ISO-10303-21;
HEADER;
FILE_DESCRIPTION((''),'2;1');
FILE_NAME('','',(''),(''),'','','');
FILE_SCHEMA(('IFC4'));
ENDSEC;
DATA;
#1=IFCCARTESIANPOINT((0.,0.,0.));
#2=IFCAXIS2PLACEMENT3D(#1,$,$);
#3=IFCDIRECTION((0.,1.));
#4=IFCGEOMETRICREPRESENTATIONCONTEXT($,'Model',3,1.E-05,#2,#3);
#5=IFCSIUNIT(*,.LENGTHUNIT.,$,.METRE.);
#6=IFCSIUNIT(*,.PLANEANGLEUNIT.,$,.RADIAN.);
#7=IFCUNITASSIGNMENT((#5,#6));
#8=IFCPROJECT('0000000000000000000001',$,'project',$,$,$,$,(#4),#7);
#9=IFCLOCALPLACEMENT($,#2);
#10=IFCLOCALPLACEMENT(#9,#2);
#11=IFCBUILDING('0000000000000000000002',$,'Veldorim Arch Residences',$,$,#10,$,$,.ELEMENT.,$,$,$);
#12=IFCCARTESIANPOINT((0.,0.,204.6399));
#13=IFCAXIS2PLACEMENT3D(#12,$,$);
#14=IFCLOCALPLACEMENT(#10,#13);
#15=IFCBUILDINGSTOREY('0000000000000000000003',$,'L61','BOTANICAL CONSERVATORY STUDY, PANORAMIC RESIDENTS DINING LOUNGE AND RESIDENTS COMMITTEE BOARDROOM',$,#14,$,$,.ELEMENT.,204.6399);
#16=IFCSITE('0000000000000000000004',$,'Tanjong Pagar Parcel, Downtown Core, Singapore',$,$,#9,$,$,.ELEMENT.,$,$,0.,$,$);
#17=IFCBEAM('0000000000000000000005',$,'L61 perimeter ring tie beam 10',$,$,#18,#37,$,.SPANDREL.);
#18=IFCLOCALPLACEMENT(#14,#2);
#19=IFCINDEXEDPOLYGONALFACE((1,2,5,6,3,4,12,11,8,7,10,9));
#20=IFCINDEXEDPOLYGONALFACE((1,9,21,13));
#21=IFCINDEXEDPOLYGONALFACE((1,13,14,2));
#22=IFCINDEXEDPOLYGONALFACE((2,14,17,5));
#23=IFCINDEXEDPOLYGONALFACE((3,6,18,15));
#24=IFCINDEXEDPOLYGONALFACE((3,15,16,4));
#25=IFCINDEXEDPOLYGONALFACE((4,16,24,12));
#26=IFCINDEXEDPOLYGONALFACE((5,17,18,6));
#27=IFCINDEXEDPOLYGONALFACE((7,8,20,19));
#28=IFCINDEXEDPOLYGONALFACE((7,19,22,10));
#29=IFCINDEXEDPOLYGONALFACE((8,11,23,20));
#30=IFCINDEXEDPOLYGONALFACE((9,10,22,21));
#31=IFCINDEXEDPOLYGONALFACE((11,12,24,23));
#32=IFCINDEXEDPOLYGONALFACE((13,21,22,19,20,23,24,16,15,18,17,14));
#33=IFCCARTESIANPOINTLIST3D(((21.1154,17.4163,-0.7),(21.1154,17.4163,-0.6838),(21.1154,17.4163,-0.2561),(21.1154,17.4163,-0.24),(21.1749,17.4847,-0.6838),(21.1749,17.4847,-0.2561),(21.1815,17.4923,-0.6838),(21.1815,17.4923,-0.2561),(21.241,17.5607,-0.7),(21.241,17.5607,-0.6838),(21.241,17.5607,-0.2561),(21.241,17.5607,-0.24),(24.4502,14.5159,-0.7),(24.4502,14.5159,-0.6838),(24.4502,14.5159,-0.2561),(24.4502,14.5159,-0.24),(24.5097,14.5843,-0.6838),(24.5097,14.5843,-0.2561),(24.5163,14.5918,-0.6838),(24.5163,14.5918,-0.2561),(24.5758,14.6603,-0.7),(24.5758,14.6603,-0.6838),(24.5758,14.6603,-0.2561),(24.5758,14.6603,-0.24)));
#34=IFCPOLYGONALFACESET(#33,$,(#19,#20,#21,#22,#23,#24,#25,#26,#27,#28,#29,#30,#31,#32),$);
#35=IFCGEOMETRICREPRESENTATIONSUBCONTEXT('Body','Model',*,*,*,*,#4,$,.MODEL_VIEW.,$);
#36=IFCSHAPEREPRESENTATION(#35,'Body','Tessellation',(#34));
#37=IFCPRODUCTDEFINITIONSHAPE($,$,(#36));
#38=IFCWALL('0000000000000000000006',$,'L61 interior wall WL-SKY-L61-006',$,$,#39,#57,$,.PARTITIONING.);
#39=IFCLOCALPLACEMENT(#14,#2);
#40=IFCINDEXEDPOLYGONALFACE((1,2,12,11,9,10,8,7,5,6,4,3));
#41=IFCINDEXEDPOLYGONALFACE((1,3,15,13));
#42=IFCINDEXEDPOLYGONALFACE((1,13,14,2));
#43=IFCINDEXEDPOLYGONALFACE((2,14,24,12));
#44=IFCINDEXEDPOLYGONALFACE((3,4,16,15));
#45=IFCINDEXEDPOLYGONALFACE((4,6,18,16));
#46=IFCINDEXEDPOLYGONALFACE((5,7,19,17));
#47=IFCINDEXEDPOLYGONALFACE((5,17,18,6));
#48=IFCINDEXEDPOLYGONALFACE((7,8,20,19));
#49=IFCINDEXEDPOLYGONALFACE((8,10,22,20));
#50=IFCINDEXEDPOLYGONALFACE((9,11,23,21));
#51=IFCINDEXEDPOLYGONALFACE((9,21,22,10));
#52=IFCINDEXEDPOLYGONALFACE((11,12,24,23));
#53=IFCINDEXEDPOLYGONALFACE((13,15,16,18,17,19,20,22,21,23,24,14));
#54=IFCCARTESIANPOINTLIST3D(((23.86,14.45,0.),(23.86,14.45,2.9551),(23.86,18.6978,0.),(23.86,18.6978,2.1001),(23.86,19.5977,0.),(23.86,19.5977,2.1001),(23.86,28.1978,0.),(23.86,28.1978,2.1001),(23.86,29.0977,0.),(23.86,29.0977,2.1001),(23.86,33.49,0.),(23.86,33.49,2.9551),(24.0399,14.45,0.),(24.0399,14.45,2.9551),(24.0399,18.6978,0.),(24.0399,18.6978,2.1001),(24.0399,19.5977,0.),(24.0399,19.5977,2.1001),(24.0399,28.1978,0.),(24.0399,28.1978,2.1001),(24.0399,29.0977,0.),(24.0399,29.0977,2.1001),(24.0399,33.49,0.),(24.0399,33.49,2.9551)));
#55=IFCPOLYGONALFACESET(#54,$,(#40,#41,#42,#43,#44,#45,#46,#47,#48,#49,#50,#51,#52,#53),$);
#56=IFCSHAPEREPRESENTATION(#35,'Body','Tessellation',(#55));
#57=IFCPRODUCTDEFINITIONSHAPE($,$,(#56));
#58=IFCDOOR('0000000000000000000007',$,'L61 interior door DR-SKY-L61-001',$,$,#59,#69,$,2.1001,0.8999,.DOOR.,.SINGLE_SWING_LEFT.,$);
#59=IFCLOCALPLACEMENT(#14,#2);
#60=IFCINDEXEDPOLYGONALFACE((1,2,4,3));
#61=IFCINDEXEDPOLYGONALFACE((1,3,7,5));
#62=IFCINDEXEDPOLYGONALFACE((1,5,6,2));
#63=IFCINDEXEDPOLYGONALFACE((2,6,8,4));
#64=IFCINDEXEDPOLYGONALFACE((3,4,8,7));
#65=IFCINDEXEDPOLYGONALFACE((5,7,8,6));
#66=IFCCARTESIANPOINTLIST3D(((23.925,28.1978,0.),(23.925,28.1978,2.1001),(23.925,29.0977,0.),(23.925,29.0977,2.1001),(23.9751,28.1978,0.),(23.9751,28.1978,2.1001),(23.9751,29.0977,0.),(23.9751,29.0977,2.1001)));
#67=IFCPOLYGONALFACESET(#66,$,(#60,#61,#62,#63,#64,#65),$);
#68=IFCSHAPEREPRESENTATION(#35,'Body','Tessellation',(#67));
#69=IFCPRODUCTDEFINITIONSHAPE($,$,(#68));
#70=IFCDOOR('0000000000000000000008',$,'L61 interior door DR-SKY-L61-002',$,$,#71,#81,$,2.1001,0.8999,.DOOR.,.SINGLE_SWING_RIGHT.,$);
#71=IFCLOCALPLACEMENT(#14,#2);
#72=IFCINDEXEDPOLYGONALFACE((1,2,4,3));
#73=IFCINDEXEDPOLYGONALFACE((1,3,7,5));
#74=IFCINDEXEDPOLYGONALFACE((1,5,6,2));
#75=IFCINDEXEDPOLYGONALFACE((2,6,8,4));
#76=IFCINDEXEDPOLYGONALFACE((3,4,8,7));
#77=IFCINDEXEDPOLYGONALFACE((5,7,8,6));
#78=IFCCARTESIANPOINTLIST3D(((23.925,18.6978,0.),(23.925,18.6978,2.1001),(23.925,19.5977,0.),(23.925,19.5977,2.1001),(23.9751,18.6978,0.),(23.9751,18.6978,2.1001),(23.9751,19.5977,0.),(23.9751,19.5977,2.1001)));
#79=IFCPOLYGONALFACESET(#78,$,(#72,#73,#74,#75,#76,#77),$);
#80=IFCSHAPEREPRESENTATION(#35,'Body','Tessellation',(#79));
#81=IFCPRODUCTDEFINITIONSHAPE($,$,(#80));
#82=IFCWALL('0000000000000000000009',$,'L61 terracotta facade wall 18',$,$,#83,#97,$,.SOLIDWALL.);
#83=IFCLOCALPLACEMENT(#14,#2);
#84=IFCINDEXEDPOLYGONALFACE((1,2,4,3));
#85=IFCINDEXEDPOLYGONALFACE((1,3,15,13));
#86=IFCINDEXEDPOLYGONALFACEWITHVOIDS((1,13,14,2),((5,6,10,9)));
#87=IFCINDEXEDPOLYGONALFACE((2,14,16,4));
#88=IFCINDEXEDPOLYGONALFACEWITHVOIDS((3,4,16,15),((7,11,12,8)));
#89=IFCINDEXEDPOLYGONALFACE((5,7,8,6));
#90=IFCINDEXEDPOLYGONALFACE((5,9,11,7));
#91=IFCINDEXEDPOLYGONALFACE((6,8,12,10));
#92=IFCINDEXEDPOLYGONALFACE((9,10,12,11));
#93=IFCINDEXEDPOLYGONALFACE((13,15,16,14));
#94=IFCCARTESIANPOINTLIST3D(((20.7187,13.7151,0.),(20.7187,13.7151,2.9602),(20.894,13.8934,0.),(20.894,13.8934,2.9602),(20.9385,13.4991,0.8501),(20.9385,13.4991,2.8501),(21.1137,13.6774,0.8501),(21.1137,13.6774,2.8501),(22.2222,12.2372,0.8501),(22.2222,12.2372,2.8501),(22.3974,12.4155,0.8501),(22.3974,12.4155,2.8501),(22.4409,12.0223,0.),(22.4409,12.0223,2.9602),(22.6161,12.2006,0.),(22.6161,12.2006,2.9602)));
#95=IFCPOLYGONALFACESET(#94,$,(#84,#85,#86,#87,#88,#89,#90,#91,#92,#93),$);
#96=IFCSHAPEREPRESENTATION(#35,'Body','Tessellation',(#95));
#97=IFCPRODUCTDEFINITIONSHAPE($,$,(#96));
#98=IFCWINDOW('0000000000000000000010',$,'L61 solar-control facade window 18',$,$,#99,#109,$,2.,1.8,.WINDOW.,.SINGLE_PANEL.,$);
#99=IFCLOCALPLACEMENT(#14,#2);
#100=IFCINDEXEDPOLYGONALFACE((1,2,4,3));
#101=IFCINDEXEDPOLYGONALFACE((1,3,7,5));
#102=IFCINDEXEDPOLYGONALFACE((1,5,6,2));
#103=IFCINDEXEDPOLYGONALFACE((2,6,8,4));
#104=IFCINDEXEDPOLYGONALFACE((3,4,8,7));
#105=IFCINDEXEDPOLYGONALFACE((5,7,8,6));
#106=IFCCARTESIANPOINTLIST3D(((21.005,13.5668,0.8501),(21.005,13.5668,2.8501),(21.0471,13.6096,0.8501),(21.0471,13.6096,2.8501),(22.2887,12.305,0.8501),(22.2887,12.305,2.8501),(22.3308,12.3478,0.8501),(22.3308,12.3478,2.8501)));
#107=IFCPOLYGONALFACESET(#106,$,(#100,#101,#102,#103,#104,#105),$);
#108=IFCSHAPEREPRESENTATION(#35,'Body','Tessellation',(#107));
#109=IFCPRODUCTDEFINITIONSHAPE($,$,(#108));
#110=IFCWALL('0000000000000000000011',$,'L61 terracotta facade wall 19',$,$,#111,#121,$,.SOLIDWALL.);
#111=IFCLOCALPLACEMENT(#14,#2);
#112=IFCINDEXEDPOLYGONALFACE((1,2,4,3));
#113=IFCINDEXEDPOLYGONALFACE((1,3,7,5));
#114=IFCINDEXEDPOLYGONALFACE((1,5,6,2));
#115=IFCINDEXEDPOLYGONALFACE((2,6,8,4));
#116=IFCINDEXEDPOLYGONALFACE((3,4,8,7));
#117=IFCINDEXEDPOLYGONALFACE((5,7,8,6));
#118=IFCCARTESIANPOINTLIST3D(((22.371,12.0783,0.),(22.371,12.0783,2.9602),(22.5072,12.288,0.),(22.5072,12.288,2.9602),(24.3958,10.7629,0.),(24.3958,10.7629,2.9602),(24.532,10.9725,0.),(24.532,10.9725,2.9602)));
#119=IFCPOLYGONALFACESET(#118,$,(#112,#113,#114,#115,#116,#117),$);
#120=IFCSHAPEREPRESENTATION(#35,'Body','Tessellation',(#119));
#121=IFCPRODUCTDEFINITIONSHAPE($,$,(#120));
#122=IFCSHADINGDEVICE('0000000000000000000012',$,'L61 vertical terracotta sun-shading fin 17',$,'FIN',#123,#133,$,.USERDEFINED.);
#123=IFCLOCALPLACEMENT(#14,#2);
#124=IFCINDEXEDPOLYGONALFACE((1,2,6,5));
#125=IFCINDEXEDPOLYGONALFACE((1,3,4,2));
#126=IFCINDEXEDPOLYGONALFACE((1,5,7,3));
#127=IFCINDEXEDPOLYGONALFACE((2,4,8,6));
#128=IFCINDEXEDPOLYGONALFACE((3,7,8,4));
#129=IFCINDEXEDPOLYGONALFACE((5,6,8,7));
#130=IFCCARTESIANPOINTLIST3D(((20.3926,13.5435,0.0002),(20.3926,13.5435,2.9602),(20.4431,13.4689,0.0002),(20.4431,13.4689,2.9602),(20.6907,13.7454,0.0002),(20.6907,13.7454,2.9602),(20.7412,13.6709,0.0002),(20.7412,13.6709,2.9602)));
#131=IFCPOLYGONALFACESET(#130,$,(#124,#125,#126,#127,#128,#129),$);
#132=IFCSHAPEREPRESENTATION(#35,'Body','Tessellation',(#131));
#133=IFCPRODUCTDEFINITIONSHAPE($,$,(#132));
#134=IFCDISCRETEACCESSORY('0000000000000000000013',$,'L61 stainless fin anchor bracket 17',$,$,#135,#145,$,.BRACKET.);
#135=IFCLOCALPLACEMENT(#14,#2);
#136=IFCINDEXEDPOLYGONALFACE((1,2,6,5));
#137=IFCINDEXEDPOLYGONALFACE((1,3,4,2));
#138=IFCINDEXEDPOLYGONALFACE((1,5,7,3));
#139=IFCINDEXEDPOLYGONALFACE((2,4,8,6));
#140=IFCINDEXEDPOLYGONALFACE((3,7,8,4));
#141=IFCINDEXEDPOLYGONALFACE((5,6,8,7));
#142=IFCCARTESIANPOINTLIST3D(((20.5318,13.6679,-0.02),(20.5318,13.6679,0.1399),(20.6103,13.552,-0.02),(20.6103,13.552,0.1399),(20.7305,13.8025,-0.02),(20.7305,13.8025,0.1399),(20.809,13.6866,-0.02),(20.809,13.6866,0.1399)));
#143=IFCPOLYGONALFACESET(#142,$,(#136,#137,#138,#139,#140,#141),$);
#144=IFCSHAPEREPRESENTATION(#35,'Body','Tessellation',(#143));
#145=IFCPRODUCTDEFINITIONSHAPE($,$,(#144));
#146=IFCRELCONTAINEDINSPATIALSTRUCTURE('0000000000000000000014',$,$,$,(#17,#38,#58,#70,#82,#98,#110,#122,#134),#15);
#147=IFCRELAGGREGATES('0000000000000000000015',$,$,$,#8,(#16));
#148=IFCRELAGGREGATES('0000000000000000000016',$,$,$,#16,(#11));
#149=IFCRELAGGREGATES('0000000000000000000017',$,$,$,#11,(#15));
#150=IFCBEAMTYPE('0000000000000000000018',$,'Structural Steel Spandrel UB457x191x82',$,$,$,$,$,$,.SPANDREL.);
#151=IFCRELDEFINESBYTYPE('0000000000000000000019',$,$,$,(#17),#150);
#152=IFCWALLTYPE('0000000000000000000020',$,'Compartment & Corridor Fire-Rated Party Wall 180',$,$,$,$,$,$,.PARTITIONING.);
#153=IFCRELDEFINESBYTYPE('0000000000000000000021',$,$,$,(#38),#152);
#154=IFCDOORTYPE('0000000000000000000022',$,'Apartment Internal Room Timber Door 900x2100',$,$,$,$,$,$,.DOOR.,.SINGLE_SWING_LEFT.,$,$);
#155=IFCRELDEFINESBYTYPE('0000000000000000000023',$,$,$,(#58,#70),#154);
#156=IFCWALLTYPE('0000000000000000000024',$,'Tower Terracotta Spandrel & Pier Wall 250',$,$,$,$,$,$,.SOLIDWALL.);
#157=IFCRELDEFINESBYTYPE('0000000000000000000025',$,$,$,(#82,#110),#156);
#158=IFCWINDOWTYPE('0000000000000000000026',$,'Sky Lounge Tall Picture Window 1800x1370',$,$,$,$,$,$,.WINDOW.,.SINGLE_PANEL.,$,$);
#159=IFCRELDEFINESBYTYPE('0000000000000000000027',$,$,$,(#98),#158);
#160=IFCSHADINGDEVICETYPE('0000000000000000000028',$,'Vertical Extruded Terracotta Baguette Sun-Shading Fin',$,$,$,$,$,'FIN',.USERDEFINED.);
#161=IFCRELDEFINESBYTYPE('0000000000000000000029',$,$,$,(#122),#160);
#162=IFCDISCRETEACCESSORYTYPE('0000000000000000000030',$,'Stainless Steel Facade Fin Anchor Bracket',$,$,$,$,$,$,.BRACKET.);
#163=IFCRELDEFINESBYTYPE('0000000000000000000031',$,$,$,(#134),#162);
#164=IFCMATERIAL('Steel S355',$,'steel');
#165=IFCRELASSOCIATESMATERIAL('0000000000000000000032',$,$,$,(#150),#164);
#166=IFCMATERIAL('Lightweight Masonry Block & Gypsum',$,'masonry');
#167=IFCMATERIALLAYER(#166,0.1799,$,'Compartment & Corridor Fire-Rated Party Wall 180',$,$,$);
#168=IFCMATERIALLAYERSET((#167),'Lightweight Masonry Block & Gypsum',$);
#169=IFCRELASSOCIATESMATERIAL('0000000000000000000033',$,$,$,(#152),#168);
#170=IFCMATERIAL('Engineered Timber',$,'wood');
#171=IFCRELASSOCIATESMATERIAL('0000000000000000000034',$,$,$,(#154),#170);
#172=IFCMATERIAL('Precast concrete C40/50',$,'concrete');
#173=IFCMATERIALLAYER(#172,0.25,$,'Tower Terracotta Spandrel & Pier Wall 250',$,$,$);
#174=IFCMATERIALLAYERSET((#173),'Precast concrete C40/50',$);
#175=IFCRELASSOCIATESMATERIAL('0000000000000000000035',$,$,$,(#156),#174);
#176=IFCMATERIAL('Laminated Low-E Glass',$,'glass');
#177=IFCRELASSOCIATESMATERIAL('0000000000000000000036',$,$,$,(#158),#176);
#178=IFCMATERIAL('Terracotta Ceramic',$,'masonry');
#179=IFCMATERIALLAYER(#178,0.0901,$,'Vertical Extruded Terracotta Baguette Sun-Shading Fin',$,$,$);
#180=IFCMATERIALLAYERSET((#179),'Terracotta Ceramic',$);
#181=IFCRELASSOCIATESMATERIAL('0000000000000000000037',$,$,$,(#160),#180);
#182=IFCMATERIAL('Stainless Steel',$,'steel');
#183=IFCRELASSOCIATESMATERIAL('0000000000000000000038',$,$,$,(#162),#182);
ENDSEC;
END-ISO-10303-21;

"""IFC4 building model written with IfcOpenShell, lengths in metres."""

from ifc_helpers import new_model, si_unit, direction, frame, frame_2d, origin, origin_2d, place, context, subcontext, project, spatial, rectangle, i_section, extrude, material, layer, layer_set, material_profile, profile_set, type_object, element, fill, save


model = new_model("IFC4")

# Units and contexts
model_context = context("Model", 3, precision=1e-05, world=origin(), true_north=direction((0.0, 1.0)))
body_context = subcontext(model_context, "Body", "Model", "MODEL_VIEW")
ifc_project = project(units=[si_unit("LENGTHUNIT", "METRE"), si_unit("PLANEANGLEUNIT", "RADIAN")], contexts=[model_context])

# Site, building, storey
site_placement = place(None, origin())
site = spatial("IfcSite", under=ifc_project, at=site_placement, Name="Tanjong Pagar Parcel, Downtown Core, Singapore", CompositionType="ELEMENT", RefElevation=0.0)
building_placement = place(site_placement, origin())
building = spatial("IfcBuilding", under=site, at=building_placement, Name="Veldorim Arch Residences", CompositionType="ELEMENT")
storey_placement = place(building_placement, frame((0.0, 0.0, 204.6399)))
storey = spatial("IfcBuildingStorey", under=building, at=storey_placement, Name="L61", Description="BOTANICAL CONSERVATORY STUDY, PANORAMIC RESIDENTS DINING LOUNGE AND RESIDENTS COMMITTEE BOARDROOM", CompositionType="ELEMENT", Elevation=204.6399)

# Beam
ifc_material_1 = material(Name="Steel S355", Category="steel")
ifc_material_profile_1 = material_profile(ifc_material_1, i_section(OverallWidth=0.1914, OverallDepth=0.46, WebThickness=0.01, FlangeThickness=0.0161, at=origin_2d()), Name="UB457x191x82")
ifc_profile_set_1 = profile_set([ifc_material_profile_1], Name="Steel S355")
beam_type_1 = type_object("IfcBeamType", Name="Structural Steel Spandrel UB457x191x82", PredefinedType="SPANDREL", material=ifc_profile_set_1)
beam_1_placement = place(storey_placement, frame((21.1782, 17.4885, -0.47), z_axis=(0.754534, -0.656261, 0.0), x_axis=(0.656261, 0.754534, 0.0)))
element("IfcBeam", 1, at=beam_1_placement, inside=storey, type_object=beam_type_1, Name="L61 perimeter ring tie beam 10", PredefinedType="SPANDREL", context=body_context, shape_type="SweptSolid", body=[
    extrude(i_section(OverallWidth=0.1914, OverallDepth=0.46, WebThickness=0.01, FlangeThickness=0.0161, at=origin_2d()), origin(), (0.0, 0.0, 1.0), 4.4197),
])

# Wall, openings, doors
ifc_material_2 = material(Name="Lightweight Masonry Block & Gypsum", Category="masonry")
ifc_layer_1 = layer(ifc_material_2, 0.1799, Name="Compartment & Corridor Fire-Rated Party Wall 180")
ifc_layer_set_1 = layer_set([ifc_layer_1], Name="Lightweight Masonry Block & Gypsum")
wall_type_1 = type_object("IfcWallType", Name="Compartment & Corridor Fire-Rated Party Wall 180", PredefinedType="PARTITIONING", material=ifc_layer_set_1)
wall_1_placement = place(storey_placement, frame((23.95, 14.45, 0.0), z_axis=(0.0, 0.0, 1.0), x_axis=(0.0, 1.0, 0.0)))
wall_1 = element("IfcWall", 2, at=wall_1_placement, inside=storey, type_object=wall_type_1, Name="L61 interior wall WL-SKY-L61-006", PredefinedType="PARTITIONING", context=body_context, shape_type="SweptSolid", body=[
    extrude(rectangle(XDim=19.04, YDim=0.1799, at=frame_2d((9.52, 0.0))), origin(), (0.0, 0.0, 1.0), 2.9551),
])
opening_1_placement = place(wall_1_placement, frame((13.7478, 0.0, 0.0)))
opening_1 = element("IfcOpeningElement", 3, at=opening_1_placement, cuts=wall_1, PredefinedType="OPENING", context=body_context, shape_type="SweptSolid", body=[
    extrude(rectangle(XDim=0.8999, YDim=2.1001, at=frame_2d((0.45, 1.05))), frame((0.0, 0.0999, 0.0), z_axis=(0.0, -1.0, 0.0), x_axis=(1.0, 0.0, 0.0)), (0.0, 0.0, 1.0), 0.2),
])
opening_2_placement = place(wall_1_placement, frame((4.2478, 0.0, 0.0)))
opening_2 = element("IfcOpeningElement", 4, at=opening_2_placement, cuts=wall_1, PredefinedType="OPENING", context=body_context, shape_type="SweptSolid", body=[
    extrude(rectangle(XDim=0.8999, YDim=2.1001, at=frame_2d((0.45, 1.05))), frame((0.0, 0.0999, 0.0), z_axis=(0.0, -1.0, 0.0), x_axis=(1.0, 0.0, 0.0)), (0.0, 0.0, 1.0), 0.2),
])
ifc_material_3 = material(Name="Engineered Timber", Category="wood")
door_type = type_object("IfcDoorType", Name="Apartment Internal Room Timber Door 900x2100", OperationType="SINGLE_SWING_LEFT", PredefinedType="DOOR", material=ifc_material_3)
door_1_placement = place(opening_1_placement, origin())
door_1 = element("IfcDoor", 5, at=door_1_placement, inside=storey, type_object=door_type, Name="L61 interior door DR-SKY-L61-001", OperationType="SINGLE_SWING_LEFT", OverallHeight=2.1001, OverallWidth=0.8999, PredefinedType="DOOR", context=body_context, shape_type="SweptSolid", body=[
    extrude(rectangle(XDim=0.8999, YDim=2.1001, at=frame_2d((0.45, 1.05))), frame((0.0, 0.0249, 0.0), z_axis=(0.0, -1.0, 0.0), x_axis=(1.0, 0.0, 0.0)), (0.0, 0.0, 1.0), 0.05),
])
fill(opening_1, door_1)
door_2_placement = place(opening_2_placement, origin())
door_2 = element("IfcDoor", 6, at=door_2_placement, inside=storey, type_object=door_type, Name="L61 interior door DR-SKY-L61-002", OperationType="SINGLE_SWING_RIGHT", OverallHeight=2.1001, OverallWidth=0.8999, PredefinedType="DOOR", context=body_context, shape_type="SweptSolid", body=[
    extrude(rectangle(XDim=0.8999, YDim=2.1001, at=frame_2d((0.45, 1.05))), frame((0.0, 0.0249, 0.0), z_axis=(0.0, -1.0, 0.0), x_axis=(1.0, 0.0, 0.0)), (0.0, 0.0, 1.0), 0.05),
])
fill(opening_2, door_2)

# Wall, opening, window
ifc_material_4 = material(Name="Precast concrete C40/50", Category="concrete")
ifc_layer_2 = layer(ifc_material_4, 0.25, Name="Tower Terracotta Spandrel & Pier Wall 250")
ifc_layer_set_2 = layer_set([ifc_layer_2], Name="Precast concrete C40/50")
wall_type_2 = type_object("IfcWallType", Name="Tower Terracotta Spandrel & Pier Wall 250", PredefinedType="SOLIDWALL", material=ifc_layer_set_2)
wall_2_placement = place(storey_placement, frame((22.5286, 12.1113, 0.0), z_axis=(0.0, 0.0, 1.0), x_axis=(-0.713147, 0.701015, 0.0)))
wall_2 = element("IfcWall", 7, at=wall_2_placement, inside=storey, type_object=wall_type_2, Name="L61 terracotta facade wall 18", PredefinedType="SOLIDWALL", context=body_context, shape_type="SweptSolid", body=[
    extrude(rectangle(XDim=2.4148, YDim=0.25, at=frame_2d((1.2075, 0.0))), origin(), (0.0, 0.0, 1.0), 2.9602),
])
opening_3_placement = place(wall_2_placement, frame((0.3069, 0.0, 0.8501)))
opening_3 = element("IfcOpeningElement", 8, at=opening_3_placement, cuts=wall_2, PredefinedType="OPENING", context=body_context, shape_type="SweptSolid", body=[
    extrude(rectangle(XDim=1.8, YDim=2.0, at=frame_2d((0.8999, 1.0))), frame((0.0, 0.135, 0.0), z_axis=(0.0, -1.0, 0.0), x_axis=(1.0, 0.0, 0.0)), (0.0, 0.0, 1.0), 0.27),
])
ifc_material_5 = material(Name="Laminated Low-E Glass", Category="glass")
window_type = type_object("IfcWindowType", Name="Sky Lounge Tall Picture Window 1800x1370", PartitioningType="SINGLE_PANEL", PredefinedType="WINDOW", material=ifc_material_5)
window_placement = place(opening_3_placement, origin())
window = element("IfcWindow", 9, at=window_placement, inside=storey, type_object=window_type, Name="L61 solar-control facade window 18", OverallHeight=2.0, OverallWidth=1.8, PartitioningType="SINGLE_PANEL", PredefinedType="WINDOW", context=body_context, shape_type="SweptSolid", body=[
    extrude(rectangle(XDim=1.8, YDim=2.0, at=frame_2d((0.8999, 1.0))), frame((0.0, 0.03, 0.0), z_axis=(0.0, -1.0, 0.0), x_axis=(1.0, 0.0, 0.0)), (0.0, 0.0, 1.0), 0.0601),
])
fill(opening_3, window)

# Wall
wall_3_placement = place(storey_placement, frame((24.4639, 10.8677, 0.0), z_axis=(0.0, 0.0, 1.0), x_axis=(-0.838557, 0.544814, 0.0)))
element("IfcWall", 10, at=wall_3_placement, inside=storey, type_object=wall_type_2, Name="L61 terracotta facade wall 19", PredefinedType="SOLIDWALL", context=body_context, shape_type="SweptSolid", body=[
    extrude(rectangle(XDim=2.4146, YDim=0.25, at=frame_2d((1.2073, 0.0))), origin(), (0.0, 0.0, 1.0), 2.9602),
])

# Shading device
ifc_material_6 = material(Name="Terracotta Ceramic", Category="masonry")
ifc_layer_3 = layer(ifc_material_6, 0.0901, Name="Vertical Extruded Terracotta Baguette Sun-Shading Fin")
ifc_layer_set_3 = layer_set([ifc_layer_3], Name="Terracotta Ceramic")
shading_device_type = type_object("IfcShadingDeviceType", Name="Vertical Extruded Terracotta Baguette Sun-Shading Fin", ElementType="FIN", PredefinedType="USERDEFINED", material=ifc_layer_set_3)
shading_device_placement = place(storey_placement, frame((20.5669, 13.6072, 0.0002), z_axis=(0.0, 0.0, 1.0), x_axis=(-0.560784, 0.827962, 0.0)))
element("IfcShadingDevice", 11, at=shading_device_placement, inside=storey, type_object=shading_device_type, Name="L61 vertical terracotta sun-shading fin 17", ObjectType="FIN", PredefinedType="USERDEFINED", context=body_context, shape_type="SweptSolid", body=[
    extrude(rectangle(XDim=0.0901, YDim=0.3601, at=origin_2d()), origin(), (0.0, 0.0, 1.0), 2.96),
])

# Discrete accessory
ifc_material_7 = material(Name="Stainless Steel", Category="steel")
discrete_accessory_type = type_object("IfcDiscreteAccessoryType", Name="Stainless Steel Facade Fin Anchor Bracket", PredefinedType="BRACKET", material=ifc_material_7)
discrete_accessory_placement = place(storey_placement, frame((20.6704, 13.6772, -0.02), z_axis=(0.0, 0.0, 1.0), x_axis=(-0.560784, 0.827962, 0.0)))
element("IfcDiscreteAccessory", 12, at=discrete_accessory_placement, inside=storey, type_object=discrete_accessory_type, Name="L61 stainless fin anchor bracket 17", PredefinedType="BRACKET", context=body_context, shape_type="SweptSolid", body=[
    extrude(rectangle(XDim=0.1399, YDim=0.24, at=origin_2d()), origin(), (0.0, 0.0, 1.0), 0.1599),
])

save(model, "model.ifc")
